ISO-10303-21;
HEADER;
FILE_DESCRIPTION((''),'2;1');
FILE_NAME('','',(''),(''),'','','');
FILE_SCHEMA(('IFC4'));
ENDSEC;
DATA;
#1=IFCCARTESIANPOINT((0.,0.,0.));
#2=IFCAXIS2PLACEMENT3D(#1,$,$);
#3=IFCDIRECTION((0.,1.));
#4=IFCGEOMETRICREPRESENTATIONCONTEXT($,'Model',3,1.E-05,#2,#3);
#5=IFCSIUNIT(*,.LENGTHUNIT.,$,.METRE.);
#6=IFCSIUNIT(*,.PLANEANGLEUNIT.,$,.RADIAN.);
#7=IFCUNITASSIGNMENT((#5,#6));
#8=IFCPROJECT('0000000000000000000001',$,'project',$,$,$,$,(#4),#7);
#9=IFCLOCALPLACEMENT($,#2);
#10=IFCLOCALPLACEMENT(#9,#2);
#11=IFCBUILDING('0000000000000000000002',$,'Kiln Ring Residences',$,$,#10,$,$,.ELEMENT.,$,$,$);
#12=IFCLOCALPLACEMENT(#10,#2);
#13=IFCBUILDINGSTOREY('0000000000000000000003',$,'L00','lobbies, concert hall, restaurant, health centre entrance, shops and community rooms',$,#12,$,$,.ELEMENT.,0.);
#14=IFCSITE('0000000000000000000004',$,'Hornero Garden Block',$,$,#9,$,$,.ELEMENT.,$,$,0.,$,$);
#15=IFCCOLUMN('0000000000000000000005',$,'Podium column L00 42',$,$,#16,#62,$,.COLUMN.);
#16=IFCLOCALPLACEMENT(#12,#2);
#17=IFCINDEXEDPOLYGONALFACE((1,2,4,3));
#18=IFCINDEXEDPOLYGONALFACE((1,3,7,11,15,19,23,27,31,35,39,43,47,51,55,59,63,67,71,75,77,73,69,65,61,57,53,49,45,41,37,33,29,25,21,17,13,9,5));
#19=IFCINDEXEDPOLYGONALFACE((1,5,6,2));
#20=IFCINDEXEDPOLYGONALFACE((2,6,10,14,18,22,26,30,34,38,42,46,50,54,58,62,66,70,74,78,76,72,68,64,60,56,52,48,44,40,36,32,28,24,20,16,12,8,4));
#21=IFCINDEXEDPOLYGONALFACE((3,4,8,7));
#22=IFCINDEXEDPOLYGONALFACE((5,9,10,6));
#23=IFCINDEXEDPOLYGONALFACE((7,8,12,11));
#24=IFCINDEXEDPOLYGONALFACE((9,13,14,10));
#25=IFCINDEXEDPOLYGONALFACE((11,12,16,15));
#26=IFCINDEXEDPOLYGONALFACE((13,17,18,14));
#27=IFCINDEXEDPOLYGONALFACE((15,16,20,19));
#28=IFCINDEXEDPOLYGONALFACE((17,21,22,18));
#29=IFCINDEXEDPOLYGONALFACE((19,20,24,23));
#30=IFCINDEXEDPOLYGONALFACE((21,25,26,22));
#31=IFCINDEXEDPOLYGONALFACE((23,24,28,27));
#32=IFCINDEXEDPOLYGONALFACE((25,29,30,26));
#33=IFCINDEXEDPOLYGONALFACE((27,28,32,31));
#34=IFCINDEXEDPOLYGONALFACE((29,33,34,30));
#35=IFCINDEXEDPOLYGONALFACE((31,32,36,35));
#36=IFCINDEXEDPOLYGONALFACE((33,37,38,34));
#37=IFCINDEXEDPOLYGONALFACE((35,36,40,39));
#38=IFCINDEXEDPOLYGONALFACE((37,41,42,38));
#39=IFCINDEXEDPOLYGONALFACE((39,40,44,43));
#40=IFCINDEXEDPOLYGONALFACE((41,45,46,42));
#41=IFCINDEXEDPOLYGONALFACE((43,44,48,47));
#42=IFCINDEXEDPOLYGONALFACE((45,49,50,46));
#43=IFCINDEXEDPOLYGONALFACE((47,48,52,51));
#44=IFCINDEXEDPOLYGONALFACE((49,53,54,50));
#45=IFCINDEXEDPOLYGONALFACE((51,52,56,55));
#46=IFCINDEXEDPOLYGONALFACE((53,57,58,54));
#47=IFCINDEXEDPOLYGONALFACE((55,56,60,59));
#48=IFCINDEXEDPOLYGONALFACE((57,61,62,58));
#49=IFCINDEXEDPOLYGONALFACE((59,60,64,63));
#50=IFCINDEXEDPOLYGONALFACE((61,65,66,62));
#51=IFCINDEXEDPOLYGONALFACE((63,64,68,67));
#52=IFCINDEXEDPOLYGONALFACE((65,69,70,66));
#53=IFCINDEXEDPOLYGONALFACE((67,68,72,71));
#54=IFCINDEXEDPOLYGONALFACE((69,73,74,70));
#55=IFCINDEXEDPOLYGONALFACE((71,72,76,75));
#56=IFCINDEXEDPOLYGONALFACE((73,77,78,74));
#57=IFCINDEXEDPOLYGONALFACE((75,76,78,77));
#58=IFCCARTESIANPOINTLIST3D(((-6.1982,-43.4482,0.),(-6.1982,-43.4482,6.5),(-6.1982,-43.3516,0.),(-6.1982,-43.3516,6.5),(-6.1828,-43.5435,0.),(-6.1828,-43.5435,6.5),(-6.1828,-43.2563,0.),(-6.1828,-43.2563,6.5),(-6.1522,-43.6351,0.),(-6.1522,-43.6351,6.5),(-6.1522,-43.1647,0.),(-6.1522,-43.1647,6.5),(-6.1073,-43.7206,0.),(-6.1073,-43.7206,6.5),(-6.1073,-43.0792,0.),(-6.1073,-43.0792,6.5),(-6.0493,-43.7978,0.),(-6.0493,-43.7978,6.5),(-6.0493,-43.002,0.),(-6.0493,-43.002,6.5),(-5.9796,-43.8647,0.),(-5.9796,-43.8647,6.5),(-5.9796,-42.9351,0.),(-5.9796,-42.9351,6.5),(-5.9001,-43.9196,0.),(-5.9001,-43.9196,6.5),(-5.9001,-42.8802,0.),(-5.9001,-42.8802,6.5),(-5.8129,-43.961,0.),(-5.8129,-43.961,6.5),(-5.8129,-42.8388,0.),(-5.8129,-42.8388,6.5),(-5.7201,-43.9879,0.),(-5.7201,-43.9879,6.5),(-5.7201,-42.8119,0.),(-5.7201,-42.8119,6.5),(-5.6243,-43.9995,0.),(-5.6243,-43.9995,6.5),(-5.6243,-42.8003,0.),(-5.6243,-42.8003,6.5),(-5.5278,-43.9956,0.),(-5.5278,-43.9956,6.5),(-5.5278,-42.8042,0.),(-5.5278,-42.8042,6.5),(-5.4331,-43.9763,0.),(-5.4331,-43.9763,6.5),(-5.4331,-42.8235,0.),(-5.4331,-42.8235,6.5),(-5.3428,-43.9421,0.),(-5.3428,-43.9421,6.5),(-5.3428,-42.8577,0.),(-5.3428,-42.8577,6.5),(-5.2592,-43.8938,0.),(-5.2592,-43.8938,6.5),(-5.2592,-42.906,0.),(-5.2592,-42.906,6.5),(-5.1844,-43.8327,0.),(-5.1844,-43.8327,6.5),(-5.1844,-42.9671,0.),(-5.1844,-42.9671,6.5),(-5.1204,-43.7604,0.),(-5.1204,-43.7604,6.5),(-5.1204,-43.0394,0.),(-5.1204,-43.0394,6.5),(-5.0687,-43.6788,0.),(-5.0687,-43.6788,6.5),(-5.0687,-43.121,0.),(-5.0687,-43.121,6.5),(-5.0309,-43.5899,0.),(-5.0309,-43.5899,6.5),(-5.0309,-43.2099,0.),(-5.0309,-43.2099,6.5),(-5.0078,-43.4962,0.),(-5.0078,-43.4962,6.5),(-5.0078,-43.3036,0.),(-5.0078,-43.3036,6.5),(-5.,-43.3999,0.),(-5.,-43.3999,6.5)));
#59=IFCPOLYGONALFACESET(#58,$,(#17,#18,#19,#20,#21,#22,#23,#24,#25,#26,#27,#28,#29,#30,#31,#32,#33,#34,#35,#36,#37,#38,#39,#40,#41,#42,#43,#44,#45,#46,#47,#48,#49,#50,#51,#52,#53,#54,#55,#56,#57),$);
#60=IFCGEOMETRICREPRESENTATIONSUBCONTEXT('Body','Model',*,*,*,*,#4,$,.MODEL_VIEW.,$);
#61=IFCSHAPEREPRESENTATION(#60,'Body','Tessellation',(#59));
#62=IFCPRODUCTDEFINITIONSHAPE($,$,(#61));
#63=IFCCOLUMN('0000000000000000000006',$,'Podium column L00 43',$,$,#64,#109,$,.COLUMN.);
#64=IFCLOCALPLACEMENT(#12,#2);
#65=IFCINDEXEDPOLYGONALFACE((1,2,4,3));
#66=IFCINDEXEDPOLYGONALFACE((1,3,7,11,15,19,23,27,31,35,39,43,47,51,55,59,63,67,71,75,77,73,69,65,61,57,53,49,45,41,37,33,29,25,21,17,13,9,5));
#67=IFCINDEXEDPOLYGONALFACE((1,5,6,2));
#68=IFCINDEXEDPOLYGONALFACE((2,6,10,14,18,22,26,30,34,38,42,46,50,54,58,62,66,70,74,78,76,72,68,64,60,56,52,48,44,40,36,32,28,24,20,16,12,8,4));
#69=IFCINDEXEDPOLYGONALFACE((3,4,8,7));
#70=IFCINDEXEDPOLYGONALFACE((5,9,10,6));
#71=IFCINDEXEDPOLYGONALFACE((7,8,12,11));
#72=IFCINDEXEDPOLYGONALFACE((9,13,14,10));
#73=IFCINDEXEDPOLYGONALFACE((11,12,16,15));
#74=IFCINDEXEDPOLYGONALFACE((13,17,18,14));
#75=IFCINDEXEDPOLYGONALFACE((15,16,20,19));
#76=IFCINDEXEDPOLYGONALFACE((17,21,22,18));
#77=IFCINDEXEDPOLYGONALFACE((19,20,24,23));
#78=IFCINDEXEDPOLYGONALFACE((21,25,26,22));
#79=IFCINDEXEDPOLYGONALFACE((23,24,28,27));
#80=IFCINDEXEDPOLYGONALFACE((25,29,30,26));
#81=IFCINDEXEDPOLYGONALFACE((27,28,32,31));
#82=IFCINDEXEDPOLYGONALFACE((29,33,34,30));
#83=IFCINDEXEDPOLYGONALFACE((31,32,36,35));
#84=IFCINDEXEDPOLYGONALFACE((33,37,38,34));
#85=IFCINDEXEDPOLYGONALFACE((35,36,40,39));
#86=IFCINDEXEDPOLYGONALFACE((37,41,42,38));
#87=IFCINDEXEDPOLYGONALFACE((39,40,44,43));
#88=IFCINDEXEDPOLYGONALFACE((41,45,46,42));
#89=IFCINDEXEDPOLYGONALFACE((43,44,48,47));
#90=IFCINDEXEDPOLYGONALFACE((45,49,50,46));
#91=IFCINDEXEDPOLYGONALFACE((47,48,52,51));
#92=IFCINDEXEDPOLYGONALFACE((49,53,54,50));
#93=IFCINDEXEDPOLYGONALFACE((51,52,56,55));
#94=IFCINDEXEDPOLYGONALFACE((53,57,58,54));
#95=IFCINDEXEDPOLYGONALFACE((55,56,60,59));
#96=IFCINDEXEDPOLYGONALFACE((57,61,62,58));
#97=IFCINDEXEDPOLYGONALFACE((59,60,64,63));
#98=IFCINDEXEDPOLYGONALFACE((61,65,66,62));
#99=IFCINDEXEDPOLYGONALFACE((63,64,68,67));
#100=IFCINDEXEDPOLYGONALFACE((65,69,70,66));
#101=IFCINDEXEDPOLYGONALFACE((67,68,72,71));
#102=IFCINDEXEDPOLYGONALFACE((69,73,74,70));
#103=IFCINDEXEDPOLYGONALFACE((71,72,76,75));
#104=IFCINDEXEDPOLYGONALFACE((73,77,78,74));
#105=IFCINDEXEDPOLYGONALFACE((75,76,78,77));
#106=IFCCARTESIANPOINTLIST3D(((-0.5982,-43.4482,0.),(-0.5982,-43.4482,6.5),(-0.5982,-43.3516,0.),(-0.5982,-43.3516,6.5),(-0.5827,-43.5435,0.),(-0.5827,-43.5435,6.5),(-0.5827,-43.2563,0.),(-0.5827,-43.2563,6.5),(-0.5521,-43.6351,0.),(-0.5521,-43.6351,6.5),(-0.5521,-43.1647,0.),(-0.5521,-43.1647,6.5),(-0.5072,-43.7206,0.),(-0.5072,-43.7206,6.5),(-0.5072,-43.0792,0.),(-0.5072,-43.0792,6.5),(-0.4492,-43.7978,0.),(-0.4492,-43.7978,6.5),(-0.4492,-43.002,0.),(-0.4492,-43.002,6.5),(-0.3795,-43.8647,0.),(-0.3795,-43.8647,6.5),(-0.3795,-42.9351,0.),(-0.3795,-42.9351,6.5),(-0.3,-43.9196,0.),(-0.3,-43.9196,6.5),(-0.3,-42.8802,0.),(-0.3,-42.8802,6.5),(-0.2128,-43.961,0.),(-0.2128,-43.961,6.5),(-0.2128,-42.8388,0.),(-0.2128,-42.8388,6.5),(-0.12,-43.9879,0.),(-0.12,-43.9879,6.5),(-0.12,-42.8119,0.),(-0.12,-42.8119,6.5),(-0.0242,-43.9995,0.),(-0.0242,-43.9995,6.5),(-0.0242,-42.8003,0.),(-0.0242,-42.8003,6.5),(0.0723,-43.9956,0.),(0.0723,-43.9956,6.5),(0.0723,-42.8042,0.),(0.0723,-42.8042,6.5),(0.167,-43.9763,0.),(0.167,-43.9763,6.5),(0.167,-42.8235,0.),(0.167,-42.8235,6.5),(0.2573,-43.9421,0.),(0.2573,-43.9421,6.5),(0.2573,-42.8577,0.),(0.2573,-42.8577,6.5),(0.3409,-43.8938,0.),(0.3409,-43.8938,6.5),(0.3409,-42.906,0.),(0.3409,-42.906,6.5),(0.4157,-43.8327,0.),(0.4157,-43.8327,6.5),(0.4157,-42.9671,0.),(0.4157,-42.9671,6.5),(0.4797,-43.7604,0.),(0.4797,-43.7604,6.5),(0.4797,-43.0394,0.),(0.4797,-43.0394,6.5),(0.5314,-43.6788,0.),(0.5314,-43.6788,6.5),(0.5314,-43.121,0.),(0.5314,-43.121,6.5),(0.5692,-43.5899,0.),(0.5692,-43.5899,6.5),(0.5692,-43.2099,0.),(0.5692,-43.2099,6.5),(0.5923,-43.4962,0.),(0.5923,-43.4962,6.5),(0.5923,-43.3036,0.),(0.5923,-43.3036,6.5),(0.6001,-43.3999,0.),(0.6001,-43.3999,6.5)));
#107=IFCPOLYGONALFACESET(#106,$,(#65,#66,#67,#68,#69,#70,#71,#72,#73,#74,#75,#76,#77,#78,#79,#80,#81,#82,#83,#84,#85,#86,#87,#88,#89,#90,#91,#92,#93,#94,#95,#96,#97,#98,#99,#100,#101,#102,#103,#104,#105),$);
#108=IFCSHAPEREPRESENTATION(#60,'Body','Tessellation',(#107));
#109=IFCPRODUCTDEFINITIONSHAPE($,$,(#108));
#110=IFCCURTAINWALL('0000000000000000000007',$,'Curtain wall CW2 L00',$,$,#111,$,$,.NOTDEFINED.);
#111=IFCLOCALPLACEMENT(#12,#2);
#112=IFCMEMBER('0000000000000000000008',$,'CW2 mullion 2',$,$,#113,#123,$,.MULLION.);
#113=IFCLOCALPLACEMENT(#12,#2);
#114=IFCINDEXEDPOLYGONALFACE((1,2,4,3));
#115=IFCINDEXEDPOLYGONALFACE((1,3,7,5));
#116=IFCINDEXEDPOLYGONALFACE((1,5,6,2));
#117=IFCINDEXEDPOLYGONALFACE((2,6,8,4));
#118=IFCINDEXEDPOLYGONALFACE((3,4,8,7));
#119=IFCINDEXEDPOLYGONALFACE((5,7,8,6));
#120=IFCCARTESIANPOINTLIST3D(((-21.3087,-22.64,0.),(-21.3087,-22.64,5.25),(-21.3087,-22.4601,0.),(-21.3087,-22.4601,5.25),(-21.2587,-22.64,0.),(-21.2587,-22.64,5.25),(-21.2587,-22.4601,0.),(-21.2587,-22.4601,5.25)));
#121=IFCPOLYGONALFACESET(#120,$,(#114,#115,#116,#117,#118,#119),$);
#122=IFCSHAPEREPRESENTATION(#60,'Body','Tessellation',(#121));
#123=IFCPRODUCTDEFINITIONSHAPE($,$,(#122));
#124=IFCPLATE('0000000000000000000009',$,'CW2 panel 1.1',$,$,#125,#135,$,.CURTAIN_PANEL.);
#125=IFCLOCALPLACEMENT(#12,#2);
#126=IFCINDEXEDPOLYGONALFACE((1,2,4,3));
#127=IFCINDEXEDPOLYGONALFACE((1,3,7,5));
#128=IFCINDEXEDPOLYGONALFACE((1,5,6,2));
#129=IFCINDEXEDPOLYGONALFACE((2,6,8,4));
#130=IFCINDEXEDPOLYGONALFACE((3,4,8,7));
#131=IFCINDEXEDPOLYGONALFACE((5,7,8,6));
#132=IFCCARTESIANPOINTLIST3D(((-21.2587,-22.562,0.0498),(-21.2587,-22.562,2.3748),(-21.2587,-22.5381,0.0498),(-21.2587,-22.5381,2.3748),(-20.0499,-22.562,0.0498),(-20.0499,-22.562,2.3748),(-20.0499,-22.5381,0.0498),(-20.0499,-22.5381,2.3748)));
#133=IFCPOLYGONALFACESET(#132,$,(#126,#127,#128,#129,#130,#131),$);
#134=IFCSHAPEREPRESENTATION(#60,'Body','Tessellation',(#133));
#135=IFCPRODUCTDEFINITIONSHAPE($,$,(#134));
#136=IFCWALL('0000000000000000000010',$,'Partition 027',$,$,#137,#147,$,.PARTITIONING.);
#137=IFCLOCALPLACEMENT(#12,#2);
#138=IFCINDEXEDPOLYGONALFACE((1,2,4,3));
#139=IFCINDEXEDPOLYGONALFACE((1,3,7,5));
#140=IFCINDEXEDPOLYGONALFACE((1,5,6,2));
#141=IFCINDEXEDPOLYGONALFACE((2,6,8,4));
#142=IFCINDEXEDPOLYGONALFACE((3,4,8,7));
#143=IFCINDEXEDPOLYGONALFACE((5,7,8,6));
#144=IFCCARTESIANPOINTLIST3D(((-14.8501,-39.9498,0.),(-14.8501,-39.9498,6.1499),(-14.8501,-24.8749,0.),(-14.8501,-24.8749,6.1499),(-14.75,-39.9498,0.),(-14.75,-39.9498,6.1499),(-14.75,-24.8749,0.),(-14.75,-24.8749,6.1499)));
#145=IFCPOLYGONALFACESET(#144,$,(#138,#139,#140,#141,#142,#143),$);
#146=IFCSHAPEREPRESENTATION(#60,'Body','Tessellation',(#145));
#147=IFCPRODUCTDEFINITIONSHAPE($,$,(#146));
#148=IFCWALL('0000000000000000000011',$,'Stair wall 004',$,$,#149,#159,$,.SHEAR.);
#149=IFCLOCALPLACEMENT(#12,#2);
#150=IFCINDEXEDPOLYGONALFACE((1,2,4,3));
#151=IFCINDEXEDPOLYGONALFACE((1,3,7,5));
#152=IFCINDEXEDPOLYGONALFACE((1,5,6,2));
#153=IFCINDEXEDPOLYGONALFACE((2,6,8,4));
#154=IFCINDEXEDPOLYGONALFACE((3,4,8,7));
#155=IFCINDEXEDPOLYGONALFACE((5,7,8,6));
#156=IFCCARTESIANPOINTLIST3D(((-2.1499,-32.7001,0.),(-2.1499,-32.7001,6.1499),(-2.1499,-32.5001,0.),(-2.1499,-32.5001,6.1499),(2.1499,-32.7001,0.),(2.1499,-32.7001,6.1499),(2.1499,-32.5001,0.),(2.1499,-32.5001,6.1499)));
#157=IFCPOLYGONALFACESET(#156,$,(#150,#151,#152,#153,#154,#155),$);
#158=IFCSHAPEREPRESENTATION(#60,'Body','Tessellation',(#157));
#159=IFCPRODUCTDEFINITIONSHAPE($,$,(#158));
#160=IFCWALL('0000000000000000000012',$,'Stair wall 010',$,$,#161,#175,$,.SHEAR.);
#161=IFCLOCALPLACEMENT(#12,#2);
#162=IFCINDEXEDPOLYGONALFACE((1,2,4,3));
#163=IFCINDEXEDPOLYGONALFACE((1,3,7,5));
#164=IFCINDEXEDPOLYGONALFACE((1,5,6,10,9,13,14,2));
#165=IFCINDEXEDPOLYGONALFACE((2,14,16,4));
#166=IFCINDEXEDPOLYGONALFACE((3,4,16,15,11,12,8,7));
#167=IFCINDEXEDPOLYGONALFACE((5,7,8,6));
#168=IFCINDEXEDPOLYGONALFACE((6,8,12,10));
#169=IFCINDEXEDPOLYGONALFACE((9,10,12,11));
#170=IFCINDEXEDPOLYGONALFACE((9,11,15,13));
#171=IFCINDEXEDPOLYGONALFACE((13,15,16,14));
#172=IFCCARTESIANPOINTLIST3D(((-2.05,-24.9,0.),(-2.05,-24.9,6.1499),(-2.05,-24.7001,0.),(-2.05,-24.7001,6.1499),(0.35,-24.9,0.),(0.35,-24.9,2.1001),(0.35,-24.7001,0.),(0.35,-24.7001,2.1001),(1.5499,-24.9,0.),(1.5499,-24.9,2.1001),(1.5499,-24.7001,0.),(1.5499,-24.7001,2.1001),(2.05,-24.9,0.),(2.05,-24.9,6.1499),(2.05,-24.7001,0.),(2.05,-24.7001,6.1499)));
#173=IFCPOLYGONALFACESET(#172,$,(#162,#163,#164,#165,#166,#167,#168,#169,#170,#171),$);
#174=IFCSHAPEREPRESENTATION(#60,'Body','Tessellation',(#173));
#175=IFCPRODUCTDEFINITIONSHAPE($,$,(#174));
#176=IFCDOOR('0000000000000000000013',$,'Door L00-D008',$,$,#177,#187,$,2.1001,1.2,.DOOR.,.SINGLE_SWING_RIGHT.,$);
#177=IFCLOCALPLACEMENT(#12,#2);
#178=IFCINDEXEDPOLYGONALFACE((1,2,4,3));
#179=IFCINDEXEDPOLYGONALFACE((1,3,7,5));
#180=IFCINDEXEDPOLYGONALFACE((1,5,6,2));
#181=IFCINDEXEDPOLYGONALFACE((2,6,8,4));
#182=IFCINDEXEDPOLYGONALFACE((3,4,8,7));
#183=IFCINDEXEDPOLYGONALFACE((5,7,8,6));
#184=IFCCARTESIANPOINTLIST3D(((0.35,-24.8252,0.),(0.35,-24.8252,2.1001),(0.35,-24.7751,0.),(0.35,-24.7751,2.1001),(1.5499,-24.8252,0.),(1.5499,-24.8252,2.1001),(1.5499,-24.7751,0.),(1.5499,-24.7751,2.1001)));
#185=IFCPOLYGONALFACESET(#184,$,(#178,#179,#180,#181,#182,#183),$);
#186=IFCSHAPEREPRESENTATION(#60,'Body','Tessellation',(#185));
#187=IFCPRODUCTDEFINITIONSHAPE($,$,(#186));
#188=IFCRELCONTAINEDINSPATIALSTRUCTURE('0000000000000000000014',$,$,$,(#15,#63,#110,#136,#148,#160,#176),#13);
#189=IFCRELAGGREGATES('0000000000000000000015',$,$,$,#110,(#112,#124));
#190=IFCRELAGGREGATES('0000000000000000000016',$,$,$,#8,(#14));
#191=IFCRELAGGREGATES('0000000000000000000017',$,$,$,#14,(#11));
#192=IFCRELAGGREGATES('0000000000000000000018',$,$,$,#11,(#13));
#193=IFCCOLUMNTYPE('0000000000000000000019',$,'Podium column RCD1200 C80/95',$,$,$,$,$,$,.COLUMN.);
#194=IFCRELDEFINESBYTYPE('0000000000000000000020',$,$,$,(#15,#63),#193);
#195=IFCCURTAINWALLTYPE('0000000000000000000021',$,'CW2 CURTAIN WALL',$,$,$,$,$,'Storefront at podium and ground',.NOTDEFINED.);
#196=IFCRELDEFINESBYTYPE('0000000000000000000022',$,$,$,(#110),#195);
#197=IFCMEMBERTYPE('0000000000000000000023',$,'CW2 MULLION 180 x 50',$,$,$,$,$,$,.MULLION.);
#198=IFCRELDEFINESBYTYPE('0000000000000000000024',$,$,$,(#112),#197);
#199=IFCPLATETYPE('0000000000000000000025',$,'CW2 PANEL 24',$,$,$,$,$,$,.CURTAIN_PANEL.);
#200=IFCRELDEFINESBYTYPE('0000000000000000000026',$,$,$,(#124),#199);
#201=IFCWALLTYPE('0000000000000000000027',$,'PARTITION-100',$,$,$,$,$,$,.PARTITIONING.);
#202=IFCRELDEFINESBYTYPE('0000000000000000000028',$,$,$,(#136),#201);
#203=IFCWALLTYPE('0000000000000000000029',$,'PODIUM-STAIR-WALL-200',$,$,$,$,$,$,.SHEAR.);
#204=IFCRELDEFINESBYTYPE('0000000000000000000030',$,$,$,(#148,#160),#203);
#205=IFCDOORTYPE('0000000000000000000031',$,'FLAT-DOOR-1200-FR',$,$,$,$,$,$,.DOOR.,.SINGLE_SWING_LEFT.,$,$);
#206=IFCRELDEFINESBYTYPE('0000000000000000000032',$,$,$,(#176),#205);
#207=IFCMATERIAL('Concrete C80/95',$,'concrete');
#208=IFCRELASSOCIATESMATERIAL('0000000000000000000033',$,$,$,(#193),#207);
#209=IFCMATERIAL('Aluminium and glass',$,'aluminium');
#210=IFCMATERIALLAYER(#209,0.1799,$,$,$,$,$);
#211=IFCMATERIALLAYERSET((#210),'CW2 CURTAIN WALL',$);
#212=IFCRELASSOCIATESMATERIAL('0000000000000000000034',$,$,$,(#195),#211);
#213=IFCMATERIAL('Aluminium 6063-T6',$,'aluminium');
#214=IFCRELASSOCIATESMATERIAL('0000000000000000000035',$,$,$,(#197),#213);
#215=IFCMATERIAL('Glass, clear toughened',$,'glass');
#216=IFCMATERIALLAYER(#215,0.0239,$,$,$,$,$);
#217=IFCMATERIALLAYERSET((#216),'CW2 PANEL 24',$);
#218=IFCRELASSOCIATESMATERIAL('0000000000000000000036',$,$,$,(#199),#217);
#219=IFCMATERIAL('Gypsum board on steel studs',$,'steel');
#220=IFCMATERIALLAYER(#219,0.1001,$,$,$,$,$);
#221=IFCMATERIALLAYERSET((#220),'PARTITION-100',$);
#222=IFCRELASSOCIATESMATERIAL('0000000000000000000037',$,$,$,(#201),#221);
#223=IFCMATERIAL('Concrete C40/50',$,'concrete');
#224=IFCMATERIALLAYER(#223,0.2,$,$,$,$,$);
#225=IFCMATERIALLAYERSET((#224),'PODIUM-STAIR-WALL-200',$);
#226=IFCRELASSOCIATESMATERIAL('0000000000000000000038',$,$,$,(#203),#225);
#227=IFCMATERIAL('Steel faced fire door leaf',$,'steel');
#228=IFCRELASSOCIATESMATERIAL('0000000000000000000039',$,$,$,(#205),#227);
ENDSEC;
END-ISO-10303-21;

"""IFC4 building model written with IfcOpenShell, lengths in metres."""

from ifc_helpers import new_model, si_unit, direction, frame, frame_2d, origin, origin_2d, place, context, subcontext, project, spatial, rectangle, circle, extrude, material, layer, layer_set, material_profile, profile_set, type_object, element, fill, aggregate, save


model = new_model("IFC4")

# Units and contexts
model_context = context("Model", 3, precision=1e-05, world=origin(), true_north=direction((0.0, 1.0)))
body_context = subcontext(model_context, "Body", "Model", "MODEL_VIEW")
ifc_project = project(units=[si_unit("LENGTHUNIT", "METRE"), si_unit("PLANEANGLEUNIT", "RADIAN")], contexts=[model_context])

# Site, building, storey
site_placement = place(None, origin())
site = spatial("IfcSite", under=ifc_project, at=site_placement, Name="Hornero Garden Block", CompositionType="ELEMENT", RefElevation=0.0)
building_placement = place(site_placement, origin())
building = spatial("IfcBuilding", under=site, at=building_placement, Name="Kiln Ring Residences", CompositionType="ELEMENT")
storey_placement = place(building_placement, origin())
storey = spatial("IfcBuildingStorey", under=building, at=storey_placement, Name="L00", Description="lobbies, concert hall, restaurant, health centre entrance, shops and community rooms", CompositionType="ELEMENT", Elevation=0.0)

# Columns
ifc_material_1 = material(Name="Concrete C80/95", Category="concrete")
ifc_material_profile_1 = material_profile(ifc_material_1, circle(Radius=0.6001, at=origin_2d()), Name="RCD1200")
ifc_profile_set_1 = profile_set([ifc_material_profile_1], Name="Concrete C80/95")
column_type = type_object("IfcColumnType", Name="Podium column RCD1200 C80/95", PredefinedType="COLUMN", material=ifc_profile_set_1)
for number, where, z_axis, x_axis, name in (
    (1, (-5.6001, -43.3999, 0.0), (0.0, 0.0, 1.0), (1.0, 0.0, 0.0), "Podium column L00 42"),
    (2, (0.0, -43.3999, 0.0), (0.0, 0.0, 1.0), (1.0, 0.0, 0.0), "Podium column L00 43"),
):
    element("IfcColumn", number, at=place(storey_placement, frame(where, z_axis=z_axis, x_axis=x_axis)), inside=storey, type_object=column_type, Name=name, PredefinedType="COLUMN", context=body_context, shape_type="SweptSolid", body=[
        extrude(circle(Radius=0.6001, at=origin_2d()), origin(), (0.0, 0.0, 1.0), 6.5),
    ])

# Curtain wall, member, plate
ifc_material_2 = material(Name="Aluminium and glass", Category="aluminium")
ifc_layer_1 = layer(ifc_material_2, 0.1799)
ifc_layer_set_1 = layer_set([ifc_layer_1], Name="CW2 CURTAIN WALL")
curtain_wall_type = type_object("IfcCurtainWallType", Name="CW2 CURTAIN WALL", ElementType="Storefront at podium and ground", PredefinedType="NOTDEFINED", material=ifc_layer_set_1)
placement = place(storey_placement, origin())
curtain_wall = element("IfcCurtainWall", 3, at=placement, inside=storey, type_object=curtain_wall_type, Name="Curtain wall CW2 L00", PredefinedType="NOTDEFINED")
ifc_material_3 = material(Name="Aluminium 6063-T6", Category="aluminium")
ifc_material_profile_2 = material_profile(ifc_material_3, rectangle(XDim=0.1799, YDim=0.05, at=origin_2d()), Name="AL 180x50")
ifc_profile_set_2 = profile_set([ifc_material_profile_2], Name="Aluminium 6063-T6")
member_type = type_object("IfcMemberType", Name="CW2 MULLION 180 x 50", PredefinedType="MULLION", material=ifc_profile_set_2)
member_placement = place(storey_placement, frame((-21.2837, -22.55, 0.0), z_axis=(0.0, 0.0, 1.0), x_axis=(0.0, -1.0, 0.0)))
member = element("IfcMember", 4, at=member_placement, type_object=member_type, Name="CW2 mullion 2", PredefinedType="MULLION", context=body_context, shape_type="SweptSolid", body=[
    extrude(rectangle(XDim=0.1799, YDim=0.05, at=origin_2d()), origin(), (0.0, 0.0, 1.0), 5.25),
])
ifc_material_4 = material(Name="Glass, clear toughened", Category="glass")
ifc_layer_2 = layer(ifc_material_4, 0.0239)
ifc_layer_set_2 = layer_set([ifc_layer_2], Name="CW2 PANEL 24")
plate_type = type_object("IfcPlateType", Name="CW2 PANEL 24", PredefinedType="CURTAIN_PANEL", material=ifc_layer_set_2)
plate_placement = place(storey_placement, frame((-20.6543, -22.55, 0.0498), z_axis=(0.0, 0.0, 1.0), x_axis=(-1.0, 0.0, 0.0)))
plate = element("IfcPlate", 5, at=plate_placement, type_object=plate_type, Name="CW2 panel 1.1", PredefinedType="CURTAIN_PANEL", context=body_context, shape_type="SweptSolid", body=[
    extrude(rectangle(XDim=1.2087, YDim=0.0239, at=origin_2d()), origin(), (0.0, 0.0, 1.0), 2.325),
])
aggregate(curtain_wall, [member, plate])

# Walls
ifc_material_5 = material(Name="Gypsum board on steel studs", Category="steel")
ifc_layer_3 = layer(ifc_material_5, 0.1001)
ifc_layer_set_3 = layer_set([ifc_layer_3], Name="PARTITION-100")
wall_type_1 = type_object("IfcWallType", Name="PARTITION-100", PredefinedType="PARTITIONING", material=ifc_layer_set_3)
wall_1_placement = place(storey_placement, frame((-14.8, -39.95, 0.0), z_axis=(0.0, 0.0, 1.0), x_axis=(0.0, 1.0, 0.0)))
element("IfcWall", 6, at=wall_1_placement, inside=storey, type_object=wall_type_1, Name="Partition 027", PredefinedType="PARTITIONING", context=body_context, shape_type="SweptSolid", body=[
    extrude(rectangle(XDim=15.075, YDim=0.1001, at=frame_2d((7.5376, 0.0))), origin(), (0.0, 0.0, 1.0), 6.1499),
])
ifc_material_6 = material(Name="Concrete C40/50", Category="concrete")
ifc_layer_4 = layer(ifc_material_6, 0.2)
ifc_layer_set_4 = layer_set([ifc_layer_4], Name="PODIUM-STAIR-WALL-200")
wall_type_2 = type_object("IfcWallType", Name="PODIUM-STAIR-WALL-200", PredefinedType="SHEAR", material=ifc_layer_set_4)
wall_2_placement = place(storey_placement, frame((-2.1499, -32.6001, 0.0), z_axis=(0.0, 0.0, 1.0), x_axis=(1.0, 0.0, 0.0)))
element("IfcWall", 7, at=wall_2_placement, inside=storey, type_object=wall_type_2, Name="Stair wall 004", PredefinedType="SHEAR", context=body_context, shape_type="SweptSolid", body=[
    extrude(rectangle(XDim=4.2998, YDim=0.2, at=frame_2d((2.1499, 0.0))), origin(), (0.0, 0.0, 1.0), 6.1499),
])

# Wall, opening, door
wall_3_placement = place(storey_placement, frame((-2.05, -24.8, 0.0), z_axis=(0.0, 0.0, 1.0), x_axis=(1.0, 0.0, 0.0)))
wall_3 = element("IfcWall", 8, at=wall_3_placement, inside=storey, type_object=wall_type_2, Name="Stair wall 010", PredefinedType="SHEAR", context=body_context, shape_type="SweptSolid", body=[
    extrude(rectangle(XDim=4.1001, YDim=0.2, at=frame_2d((2.05, 0.0))), origin(), (0.0, 0.0, 1.0), 6.1499),
])
opening_1_placement = place(wall_3_placement, frame((2.3999, 0.0, 0.0)))
opening_1 = element("IfcOpeningElement", 9, at=opening_1_placement, cuts=wall_3, PredefinedType="OPENING", context=body_context, shape_type="SweptSolid", body=[
    extrude(rectangle(XDim=1.2, YDim=2.1001, at=frame_2d((0.6001, 1.05))), frame((0.0, 0.1099, 0.0), z_axis=(0.0, -1.0, 0.0), x_axis=(1.0, 0.0, 0.0)), (0.0, 0.0, 1.0), 0.22),
])
ifc_material_7 = material(Name="Steel faced fire door leaf", Category="steel")
door_type = type_object("IfcDoorType", Name="FLAT-DOOR-1200-FR", OperationType="SINGLE_SWING_LEFT", PredefinedType="DOOR", material=ifc_material_7)
door_1_placement = place(opening_1_placement, origin())
door_1 = element("IfcDoor", 10, at=door_1_placement, inside=storey, type_object=door_type, Name="Door L00-D008", OperationType="SINGLE_SWING_RIGHT", OverallHeight=2.1001, OverallWidth=1.2, PredefinedType="DOOR", context=body_context, shape_type="SweptSolid", body=[
    extrude(rectangle(XDim=1.2, YDim=2.1001, at=frame_2d((0.6001, 1.05))), frame((0.0, 0.0249, 0.0), z_axis=(0.0, -1.0, 0.0), x_axis=(1.0, 0.0, 0.0)), (0.0, 0.0, 1.0), 0.05),
])
fill(opening_1, door_1)

save(model, "model.ifc")
